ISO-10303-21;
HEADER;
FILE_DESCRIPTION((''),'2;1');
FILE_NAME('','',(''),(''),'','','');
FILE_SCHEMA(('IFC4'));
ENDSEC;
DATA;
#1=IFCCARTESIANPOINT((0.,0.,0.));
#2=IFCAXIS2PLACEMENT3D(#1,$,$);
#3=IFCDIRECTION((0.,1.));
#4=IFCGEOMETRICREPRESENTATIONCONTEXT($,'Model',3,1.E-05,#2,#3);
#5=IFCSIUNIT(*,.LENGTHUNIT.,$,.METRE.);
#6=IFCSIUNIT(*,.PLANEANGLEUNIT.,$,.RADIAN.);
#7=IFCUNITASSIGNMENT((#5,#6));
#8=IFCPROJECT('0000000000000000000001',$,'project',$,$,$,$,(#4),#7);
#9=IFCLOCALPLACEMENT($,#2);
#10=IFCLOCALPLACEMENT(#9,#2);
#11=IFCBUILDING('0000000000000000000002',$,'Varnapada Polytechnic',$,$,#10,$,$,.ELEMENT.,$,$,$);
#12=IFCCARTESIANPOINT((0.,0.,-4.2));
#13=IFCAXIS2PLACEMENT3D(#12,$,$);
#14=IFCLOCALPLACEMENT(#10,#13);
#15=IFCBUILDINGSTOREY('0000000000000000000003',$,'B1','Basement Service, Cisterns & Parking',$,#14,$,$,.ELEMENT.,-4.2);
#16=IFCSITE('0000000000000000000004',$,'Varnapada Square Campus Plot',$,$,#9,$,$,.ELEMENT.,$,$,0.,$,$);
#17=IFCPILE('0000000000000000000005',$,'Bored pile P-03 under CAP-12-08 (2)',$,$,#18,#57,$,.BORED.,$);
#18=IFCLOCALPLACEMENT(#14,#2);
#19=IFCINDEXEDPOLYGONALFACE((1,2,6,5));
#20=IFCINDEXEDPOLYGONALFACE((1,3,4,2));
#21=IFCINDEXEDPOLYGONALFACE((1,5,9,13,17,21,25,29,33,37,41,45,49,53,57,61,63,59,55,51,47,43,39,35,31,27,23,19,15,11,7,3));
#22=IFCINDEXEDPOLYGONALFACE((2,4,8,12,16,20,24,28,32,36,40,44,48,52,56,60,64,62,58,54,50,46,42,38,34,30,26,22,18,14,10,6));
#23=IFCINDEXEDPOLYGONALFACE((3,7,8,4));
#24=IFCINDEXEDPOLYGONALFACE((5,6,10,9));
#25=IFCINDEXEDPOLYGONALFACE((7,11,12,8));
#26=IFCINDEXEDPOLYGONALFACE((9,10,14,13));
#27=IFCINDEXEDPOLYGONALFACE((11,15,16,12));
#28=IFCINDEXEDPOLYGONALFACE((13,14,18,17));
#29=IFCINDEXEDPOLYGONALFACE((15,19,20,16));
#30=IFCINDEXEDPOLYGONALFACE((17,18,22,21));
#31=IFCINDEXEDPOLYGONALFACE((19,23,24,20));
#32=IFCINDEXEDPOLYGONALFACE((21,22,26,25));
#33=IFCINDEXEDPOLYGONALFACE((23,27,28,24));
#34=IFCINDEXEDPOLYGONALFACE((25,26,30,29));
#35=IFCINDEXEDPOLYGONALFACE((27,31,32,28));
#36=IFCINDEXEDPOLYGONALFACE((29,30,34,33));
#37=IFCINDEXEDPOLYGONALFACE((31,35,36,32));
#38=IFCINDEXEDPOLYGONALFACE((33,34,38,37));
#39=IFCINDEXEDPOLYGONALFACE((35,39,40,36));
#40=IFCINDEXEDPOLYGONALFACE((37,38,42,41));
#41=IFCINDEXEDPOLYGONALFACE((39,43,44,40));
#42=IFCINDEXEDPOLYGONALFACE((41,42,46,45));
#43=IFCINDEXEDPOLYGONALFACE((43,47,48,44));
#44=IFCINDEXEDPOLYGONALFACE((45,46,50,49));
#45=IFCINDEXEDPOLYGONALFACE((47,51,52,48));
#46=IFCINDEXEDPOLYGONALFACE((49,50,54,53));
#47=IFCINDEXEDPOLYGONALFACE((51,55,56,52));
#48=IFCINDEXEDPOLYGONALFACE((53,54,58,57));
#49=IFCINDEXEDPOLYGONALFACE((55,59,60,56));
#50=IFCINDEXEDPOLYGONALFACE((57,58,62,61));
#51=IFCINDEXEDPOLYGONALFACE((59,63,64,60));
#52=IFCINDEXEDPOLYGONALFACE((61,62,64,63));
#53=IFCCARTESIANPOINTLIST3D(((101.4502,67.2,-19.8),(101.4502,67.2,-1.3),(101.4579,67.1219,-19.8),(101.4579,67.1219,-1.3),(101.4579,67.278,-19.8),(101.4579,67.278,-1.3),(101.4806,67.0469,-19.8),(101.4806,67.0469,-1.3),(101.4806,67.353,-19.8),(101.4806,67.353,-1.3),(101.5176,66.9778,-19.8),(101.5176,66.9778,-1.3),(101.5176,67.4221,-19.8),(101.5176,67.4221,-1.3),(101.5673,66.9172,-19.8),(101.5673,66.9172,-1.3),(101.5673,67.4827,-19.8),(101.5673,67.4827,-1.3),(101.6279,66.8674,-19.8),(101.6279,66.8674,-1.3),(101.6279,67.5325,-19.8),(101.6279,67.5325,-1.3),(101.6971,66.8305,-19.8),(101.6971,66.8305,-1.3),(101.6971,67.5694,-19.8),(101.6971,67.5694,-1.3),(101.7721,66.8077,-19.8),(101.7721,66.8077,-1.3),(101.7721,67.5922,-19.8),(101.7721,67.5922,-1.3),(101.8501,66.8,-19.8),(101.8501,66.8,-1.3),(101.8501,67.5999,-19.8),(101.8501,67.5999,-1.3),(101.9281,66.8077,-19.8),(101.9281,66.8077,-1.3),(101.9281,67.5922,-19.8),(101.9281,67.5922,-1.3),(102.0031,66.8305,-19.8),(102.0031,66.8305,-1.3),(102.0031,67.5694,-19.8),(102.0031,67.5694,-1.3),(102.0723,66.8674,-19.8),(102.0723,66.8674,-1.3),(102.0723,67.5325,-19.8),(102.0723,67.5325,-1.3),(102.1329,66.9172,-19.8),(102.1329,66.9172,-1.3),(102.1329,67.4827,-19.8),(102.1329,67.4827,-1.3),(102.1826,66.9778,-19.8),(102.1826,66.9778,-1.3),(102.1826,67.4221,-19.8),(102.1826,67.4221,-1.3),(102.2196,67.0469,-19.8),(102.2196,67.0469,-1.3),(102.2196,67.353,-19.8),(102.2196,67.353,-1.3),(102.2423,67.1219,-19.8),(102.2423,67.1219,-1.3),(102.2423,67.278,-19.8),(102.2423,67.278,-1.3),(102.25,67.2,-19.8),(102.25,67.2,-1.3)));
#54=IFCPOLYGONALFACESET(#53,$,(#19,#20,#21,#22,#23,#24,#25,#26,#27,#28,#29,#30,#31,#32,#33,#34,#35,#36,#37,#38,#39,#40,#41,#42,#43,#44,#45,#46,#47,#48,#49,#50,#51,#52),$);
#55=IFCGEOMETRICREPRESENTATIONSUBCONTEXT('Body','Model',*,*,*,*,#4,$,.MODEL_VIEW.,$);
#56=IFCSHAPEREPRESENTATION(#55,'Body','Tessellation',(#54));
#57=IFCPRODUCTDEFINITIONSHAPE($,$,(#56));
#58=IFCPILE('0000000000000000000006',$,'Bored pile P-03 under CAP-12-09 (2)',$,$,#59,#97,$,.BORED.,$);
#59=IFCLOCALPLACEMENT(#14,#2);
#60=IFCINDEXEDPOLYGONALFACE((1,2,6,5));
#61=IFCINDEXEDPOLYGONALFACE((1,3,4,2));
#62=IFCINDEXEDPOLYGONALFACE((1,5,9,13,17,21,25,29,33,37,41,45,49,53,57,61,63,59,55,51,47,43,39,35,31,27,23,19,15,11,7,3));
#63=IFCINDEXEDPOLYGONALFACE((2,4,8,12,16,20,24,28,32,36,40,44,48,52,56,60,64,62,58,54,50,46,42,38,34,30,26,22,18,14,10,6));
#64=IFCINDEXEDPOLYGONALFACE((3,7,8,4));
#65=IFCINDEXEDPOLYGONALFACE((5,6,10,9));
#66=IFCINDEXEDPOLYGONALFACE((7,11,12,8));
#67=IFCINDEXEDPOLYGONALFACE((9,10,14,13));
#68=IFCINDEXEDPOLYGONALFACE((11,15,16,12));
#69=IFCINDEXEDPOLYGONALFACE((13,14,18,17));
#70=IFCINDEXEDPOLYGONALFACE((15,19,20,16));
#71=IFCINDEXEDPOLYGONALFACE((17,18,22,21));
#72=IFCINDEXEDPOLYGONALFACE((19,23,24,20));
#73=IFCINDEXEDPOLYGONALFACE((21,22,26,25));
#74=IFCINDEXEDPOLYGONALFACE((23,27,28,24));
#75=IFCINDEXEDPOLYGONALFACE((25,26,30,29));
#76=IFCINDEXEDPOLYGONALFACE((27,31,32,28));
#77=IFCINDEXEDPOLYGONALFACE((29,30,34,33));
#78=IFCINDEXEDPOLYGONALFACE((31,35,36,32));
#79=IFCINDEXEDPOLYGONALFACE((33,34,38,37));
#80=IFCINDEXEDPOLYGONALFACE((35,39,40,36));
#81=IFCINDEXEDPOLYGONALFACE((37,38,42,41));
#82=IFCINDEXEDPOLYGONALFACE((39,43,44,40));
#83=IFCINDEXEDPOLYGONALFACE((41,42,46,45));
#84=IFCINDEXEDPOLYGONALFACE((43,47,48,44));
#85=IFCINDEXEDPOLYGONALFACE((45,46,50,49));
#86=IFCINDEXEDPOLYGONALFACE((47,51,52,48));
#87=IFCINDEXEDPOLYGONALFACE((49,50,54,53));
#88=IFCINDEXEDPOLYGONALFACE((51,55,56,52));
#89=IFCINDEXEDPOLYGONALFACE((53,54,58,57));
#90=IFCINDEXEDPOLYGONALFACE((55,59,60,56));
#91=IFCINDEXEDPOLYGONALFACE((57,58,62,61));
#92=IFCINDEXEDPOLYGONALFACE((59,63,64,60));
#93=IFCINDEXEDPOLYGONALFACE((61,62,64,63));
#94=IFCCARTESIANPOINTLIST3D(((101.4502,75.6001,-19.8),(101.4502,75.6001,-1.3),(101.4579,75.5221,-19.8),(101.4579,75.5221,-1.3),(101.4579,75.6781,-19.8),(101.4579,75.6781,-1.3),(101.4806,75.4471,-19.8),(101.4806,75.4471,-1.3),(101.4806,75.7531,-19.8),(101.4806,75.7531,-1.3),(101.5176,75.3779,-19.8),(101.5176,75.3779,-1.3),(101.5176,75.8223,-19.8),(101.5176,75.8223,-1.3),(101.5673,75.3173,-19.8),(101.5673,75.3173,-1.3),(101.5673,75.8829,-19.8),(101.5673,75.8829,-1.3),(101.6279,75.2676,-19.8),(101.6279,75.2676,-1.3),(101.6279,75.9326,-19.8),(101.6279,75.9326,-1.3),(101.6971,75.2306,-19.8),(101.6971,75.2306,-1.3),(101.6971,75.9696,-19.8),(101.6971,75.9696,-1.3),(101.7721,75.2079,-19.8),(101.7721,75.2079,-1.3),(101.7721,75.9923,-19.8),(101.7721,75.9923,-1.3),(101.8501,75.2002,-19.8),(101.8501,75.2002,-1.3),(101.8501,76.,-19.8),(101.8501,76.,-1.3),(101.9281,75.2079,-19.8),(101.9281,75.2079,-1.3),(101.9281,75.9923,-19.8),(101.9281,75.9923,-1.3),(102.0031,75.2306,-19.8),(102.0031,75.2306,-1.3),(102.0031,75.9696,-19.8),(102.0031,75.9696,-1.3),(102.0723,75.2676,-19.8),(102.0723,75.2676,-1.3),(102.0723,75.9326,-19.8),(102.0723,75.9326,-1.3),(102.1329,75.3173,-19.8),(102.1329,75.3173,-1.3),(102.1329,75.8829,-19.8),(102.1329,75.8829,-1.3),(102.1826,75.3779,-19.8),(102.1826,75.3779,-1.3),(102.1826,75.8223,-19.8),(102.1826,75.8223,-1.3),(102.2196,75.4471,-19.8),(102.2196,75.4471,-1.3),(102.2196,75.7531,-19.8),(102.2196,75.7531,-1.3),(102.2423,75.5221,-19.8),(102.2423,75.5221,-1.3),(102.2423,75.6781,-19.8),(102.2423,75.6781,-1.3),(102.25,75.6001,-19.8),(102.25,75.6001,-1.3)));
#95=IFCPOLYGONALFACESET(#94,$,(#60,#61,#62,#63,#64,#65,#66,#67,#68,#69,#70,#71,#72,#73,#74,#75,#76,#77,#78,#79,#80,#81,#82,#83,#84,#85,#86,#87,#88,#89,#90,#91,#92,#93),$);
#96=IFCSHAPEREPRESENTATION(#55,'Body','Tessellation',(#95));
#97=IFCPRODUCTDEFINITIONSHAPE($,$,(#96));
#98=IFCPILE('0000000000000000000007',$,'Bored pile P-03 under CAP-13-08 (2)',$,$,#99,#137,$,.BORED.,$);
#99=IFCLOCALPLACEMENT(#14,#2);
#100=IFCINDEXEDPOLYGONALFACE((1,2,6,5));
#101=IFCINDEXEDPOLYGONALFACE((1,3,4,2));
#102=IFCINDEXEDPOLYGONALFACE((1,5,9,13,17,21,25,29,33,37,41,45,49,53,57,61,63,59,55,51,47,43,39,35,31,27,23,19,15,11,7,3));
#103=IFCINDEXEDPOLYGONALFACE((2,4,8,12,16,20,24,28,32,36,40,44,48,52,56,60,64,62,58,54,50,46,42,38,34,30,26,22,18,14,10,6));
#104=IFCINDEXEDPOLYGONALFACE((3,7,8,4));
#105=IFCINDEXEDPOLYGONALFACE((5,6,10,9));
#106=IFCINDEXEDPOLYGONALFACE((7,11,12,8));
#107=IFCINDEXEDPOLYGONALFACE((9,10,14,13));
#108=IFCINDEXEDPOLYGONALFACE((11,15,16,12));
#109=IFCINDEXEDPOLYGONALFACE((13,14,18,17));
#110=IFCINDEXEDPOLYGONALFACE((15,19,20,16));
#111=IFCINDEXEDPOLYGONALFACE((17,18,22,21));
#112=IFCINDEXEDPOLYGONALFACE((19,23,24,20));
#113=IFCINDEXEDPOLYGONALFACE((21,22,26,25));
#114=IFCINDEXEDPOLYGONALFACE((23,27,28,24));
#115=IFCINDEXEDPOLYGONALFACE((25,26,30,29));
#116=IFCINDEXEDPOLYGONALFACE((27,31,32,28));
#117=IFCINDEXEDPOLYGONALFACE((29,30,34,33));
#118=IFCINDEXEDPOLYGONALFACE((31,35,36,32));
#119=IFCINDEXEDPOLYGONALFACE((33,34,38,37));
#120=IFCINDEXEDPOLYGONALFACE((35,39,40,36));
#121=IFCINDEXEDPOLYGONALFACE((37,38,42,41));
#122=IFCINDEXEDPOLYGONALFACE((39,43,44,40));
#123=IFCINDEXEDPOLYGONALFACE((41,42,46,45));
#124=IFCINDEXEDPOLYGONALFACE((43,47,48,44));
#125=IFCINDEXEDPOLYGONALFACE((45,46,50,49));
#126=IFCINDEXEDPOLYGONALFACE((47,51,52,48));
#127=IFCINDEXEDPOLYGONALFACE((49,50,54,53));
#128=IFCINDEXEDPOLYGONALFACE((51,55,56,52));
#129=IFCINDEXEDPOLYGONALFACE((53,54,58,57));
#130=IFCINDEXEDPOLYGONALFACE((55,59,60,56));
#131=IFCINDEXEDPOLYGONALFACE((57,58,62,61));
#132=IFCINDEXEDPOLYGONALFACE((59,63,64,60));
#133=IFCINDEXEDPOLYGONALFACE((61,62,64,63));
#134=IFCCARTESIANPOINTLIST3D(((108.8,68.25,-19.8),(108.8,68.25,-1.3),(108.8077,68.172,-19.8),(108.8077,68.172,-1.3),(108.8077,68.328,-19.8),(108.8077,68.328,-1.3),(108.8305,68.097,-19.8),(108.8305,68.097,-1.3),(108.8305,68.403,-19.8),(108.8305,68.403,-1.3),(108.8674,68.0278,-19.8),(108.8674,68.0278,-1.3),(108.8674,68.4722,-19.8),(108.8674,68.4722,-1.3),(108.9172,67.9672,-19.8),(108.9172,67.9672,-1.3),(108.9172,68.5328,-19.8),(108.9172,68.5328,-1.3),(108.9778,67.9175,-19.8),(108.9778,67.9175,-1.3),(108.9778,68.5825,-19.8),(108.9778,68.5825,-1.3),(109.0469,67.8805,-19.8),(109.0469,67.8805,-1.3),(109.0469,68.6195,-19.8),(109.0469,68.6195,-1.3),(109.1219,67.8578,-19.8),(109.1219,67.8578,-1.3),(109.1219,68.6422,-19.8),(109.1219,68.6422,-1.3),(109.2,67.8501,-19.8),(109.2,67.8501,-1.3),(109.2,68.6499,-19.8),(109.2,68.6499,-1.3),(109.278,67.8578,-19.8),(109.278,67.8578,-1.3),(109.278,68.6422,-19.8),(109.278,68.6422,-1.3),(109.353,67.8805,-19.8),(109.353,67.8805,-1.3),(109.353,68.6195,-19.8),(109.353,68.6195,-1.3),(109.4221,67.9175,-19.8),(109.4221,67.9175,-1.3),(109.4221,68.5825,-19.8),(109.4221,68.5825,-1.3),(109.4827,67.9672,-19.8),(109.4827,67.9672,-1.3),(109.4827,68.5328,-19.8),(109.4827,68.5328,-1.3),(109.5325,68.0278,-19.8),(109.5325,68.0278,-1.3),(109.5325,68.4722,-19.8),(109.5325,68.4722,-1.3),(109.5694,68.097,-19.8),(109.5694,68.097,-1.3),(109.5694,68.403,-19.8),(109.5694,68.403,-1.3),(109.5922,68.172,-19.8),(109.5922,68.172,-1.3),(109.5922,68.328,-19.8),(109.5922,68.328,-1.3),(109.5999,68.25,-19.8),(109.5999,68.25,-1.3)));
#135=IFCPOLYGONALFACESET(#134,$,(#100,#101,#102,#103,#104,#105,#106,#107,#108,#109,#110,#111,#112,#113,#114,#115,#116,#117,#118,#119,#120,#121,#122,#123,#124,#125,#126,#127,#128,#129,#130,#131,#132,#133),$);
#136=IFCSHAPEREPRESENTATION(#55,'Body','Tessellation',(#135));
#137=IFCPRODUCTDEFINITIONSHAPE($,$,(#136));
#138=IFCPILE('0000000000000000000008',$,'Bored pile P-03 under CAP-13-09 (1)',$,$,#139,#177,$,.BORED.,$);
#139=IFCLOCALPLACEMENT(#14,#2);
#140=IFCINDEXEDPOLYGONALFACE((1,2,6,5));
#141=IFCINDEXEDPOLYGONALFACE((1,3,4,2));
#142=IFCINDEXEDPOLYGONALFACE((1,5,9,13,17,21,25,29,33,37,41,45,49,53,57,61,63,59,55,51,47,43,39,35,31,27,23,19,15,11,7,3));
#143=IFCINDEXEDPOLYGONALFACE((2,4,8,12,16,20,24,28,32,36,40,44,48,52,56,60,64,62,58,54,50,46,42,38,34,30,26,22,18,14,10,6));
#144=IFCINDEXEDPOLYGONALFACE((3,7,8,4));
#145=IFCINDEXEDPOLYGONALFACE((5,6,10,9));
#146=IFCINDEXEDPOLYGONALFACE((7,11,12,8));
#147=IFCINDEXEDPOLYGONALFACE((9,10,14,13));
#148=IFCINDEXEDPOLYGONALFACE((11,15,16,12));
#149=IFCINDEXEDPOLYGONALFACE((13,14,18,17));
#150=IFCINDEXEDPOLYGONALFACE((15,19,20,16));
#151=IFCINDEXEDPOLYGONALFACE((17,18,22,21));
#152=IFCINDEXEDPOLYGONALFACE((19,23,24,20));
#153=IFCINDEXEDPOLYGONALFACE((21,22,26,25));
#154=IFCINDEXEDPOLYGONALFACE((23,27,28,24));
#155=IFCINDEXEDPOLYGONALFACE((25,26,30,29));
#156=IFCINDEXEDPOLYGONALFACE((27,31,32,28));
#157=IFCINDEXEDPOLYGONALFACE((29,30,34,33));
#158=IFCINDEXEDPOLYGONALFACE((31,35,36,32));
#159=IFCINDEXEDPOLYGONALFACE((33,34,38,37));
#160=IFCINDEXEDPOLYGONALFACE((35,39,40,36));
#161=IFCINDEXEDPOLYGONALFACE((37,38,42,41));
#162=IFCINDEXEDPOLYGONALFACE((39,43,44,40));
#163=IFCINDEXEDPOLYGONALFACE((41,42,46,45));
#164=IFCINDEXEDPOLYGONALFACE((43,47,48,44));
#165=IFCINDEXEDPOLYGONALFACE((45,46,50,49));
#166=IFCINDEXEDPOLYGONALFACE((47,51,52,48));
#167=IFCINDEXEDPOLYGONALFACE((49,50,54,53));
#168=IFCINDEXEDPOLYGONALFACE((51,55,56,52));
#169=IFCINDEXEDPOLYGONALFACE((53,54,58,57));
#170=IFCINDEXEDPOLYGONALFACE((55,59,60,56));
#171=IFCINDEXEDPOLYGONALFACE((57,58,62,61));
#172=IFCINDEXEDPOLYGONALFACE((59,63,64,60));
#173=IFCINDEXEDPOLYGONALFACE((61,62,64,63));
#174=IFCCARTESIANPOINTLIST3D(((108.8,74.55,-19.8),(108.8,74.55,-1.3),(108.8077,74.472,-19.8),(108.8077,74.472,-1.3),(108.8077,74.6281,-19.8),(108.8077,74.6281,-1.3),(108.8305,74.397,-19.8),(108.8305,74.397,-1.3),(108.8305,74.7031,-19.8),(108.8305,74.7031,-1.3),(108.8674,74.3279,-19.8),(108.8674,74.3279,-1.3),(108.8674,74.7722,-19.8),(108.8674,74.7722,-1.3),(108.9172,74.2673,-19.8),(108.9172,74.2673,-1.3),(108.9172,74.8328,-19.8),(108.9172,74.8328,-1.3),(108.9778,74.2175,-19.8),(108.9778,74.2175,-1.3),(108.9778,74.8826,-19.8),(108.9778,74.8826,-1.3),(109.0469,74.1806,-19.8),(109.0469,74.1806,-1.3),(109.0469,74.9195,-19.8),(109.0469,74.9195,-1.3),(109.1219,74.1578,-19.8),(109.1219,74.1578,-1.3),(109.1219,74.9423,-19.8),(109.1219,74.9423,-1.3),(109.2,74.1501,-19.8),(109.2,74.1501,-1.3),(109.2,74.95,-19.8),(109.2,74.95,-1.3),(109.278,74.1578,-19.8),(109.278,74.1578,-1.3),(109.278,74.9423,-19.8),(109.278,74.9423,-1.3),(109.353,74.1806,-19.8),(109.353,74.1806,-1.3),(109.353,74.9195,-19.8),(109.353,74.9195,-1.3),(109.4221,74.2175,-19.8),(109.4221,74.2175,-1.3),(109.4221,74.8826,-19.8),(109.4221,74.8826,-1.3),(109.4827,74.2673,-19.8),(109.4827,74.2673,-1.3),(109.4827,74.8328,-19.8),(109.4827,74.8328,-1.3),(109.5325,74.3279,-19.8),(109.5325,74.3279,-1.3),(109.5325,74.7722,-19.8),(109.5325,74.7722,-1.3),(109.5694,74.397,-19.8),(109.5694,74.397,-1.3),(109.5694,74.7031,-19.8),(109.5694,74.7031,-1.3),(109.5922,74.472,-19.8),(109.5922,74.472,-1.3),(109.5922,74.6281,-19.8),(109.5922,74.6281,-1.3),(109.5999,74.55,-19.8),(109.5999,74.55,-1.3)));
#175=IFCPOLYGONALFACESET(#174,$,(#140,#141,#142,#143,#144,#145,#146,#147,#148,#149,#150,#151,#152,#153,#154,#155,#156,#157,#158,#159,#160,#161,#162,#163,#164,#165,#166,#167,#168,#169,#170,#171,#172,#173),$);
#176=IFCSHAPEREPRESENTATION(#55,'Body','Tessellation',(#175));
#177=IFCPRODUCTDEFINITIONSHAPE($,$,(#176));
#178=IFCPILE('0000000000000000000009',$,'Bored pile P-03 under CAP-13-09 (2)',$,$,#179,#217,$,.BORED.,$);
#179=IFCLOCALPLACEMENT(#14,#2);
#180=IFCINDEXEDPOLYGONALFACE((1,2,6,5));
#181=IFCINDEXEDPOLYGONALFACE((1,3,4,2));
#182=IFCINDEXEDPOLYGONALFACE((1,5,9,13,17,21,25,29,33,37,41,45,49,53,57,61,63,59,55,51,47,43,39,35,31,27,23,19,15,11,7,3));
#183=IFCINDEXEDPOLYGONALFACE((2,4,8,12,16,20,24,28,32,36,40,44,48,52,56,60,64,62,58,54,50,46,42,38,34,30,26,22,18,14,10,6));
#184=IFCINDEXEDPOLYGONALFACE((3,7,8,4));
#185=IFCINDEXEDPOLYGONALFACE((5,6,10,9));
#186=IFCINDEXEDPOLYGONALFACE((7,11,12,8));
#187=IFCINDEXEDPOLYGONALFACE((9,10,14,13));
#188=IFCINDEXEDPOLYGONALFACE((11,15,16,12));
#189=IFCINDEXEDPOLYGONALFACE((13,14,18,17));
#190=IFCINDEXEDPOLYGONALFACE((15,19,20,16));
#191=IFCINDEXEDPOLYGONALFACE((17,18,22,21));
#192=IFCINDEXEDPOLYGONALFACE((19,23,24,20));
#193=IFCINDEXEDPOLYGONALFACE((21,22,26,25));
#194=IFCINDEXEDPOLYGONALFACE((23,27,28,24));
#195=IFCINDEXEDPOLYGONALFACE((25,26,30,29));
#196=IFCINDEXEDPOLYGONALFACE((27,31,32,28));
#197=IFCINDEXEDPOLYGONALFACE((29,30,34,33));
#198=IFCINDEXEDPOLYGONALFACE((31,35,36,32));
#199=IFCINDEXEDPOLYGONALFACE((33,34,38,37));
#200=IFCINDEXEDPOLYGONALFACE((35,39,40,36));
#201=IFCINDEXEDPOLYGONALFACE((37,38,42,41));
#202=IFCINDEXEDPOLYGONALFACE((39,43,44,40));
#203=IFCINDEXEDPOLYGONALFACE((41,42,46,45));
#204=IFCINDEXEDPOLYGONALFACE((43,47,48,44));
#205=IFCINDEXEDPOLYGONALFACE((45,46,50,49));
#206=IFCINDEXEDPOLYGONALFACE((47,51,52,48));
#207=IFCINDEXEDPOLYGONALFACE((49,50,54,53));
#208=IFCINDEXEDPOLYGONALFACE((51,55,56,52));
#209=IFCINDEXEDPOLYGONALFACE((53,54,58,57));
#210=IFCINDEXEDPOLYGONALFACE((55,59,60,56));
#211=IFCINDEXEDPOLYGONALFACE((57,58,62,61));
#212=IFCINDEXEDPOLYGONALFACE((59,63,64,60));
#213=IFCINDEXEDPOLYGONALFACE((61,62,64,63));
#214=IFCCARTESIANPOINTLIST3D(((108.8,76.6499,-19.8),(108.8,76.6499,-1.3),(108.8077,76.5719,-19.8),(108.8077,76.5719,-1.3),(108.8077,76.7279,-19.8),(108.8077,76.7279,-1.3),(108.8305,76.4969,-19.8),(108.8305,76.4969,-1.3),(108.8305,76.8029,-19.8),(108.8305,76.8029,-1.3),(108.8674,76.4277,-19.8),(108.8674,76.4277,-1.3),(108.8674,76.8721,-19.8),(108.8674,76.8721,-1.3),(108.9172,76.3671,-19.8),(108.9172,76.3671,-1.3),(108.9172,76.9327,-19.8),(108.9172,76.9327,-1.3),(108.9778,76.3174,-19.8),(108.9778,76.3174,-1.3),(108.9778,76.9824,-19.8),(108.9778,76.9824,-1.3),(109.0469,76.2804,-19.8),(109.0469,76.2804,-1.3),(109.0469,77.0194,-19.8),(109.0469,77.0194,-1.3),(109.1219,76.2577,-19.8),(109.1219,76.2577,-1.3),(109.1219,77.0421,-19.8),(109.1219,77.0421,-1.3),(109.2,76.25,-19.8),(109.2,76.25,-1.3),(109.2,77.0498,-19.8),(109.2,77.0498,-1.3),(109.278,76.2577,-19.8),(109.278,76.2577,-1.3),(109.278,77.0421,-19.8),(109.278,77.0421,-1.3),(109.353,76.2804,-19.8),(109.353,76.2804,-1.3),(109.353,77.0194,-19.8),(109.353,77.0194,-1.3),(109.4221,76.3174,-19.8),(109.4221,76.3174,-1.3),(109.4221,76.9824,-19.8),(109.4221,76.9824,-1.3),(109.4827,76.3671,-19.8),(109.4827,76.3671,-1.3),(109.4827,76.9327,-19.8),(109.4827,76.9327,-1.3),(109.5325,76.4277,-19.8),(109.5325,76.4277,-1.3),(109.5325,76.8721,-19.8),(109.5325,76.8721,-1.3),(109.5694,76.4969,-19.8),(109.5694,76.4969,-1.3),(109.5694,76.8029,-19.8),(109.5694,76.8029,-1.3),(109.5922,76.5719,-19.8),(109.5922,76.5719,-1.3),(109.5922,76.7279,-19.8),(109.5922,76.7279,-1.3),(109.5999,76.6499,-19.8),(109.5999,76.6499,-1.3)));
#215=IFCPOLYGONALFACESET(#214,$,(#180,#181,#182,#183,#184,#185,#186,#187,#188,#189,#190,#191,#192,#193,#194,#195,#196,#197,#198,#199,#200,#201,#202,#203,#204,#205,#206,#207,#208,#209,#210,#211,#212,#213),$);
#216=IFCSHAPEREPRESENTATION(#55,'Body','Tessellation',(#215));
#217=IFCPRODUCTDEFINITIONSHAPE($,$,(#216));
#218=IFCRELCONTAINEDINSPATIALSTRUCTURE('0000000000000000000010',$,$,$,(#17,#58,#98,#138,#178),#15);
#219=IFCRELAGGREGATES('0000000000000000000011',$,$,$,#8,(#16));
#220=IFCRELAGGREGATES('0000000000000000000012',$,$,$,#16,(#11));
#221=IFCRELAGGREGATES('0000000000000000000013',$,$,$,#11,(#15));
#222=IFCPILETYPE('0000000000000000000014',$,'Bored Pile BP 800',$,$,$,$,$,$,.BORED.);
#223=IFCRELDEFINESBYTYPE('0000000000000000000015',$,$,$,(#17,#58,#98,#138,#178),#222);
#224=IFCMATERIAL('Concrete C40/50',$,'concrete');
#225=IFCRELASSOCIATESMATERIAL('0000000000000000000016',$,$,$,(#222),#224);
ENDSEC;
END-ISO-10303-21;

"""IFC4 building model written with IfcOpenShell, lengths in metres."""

from ifc_helpers import new_model, si_unit, direction, frame, origin, origin_2d, place, context, subcontext, project, spatial, circle, extrude, material, material_profile, profile_set, type_object, element, save


model = new_model("IFC4")

# Units and contexts
model_context = context("Model", 3, precision=1e-05, world=origin(), true_north=direction((0.0, 1.0)))
body_context = subcontext(model_context, "Body", "Model", "MODEL_VIEW")
ifc_project = project(units=[si_unit("LENGTHUNIT", "METRE"), si_unit("PLANEANGLEUNIT", "RADIAN")], contexts=[model_context])

# Site, building, storey
site_placement = place(None, origin())
site = spatial("IfcSite", under=ifc_project, at=site_placement, Name="Varnapada Square Campus Plot", CompositionType="ELEMENT", RefElevation=0.0)
building_placement = place(site_placement, origin())
building = spatial("IfcBuilding", under=site, at=building_placement, Name="Varnapada Polytechnic", CompositionType="ELEMENT")
storey_placement = place(building_placement, frame((0.0, 0.0, -4.2)))
storey = spatial("IfcBuildingStorey", under=building, at=storey_placement, Name="B1", Description="Basement Service, Cisterns & Parking", CompositionType="ELEMENT", Elevation=-4.2)

# Piles
ifc_material = material(Name="Concrete C40/50", Category="concrete")
ifc_material_profile_1 = material_profile(ifc_material, circle(Radius=0.3999, at=origin_2d()), Name="BP 800")
ifc_profile_set_1 = profile_set([ifc_material_profile_1], Name="Concrete C40/50")
pile_type_1 = type_object("IfcPileType", Name="Bored Pile BP 800", PredefinedType="BORED", material=ifc_profile_set_1)
for number, where, z_axis, x_axis, name in (
    (1, (101.8501, 67.2, -1.3), (0.0, 0.0, -1.0), (1.0, 0.0, 0.0), "Bored pile P-03 under CAP-12-08 (2)"),
    (2, (101.8501, 75.6001, -1.3), (0.0, 0.0, -1.0), (1.0, 0.0, 0.0), "Bored pile P-03 under CAP-12-09 (2)"),
    (3, (109.2, 68.25, -1.3), (0.0, 0.0, -1.0), (1.0, 0.0, 0.0), "Bored pile P-03 under CAP-13-08 (2)"),
    (4, (109.2, 74.55, -1.3), (0.0, 0.0, -1.0), (1.0, 0.0, 0.0), "Bored pile P-03 under CAP-13-09 (1)"),
    (5, (109.2, 76.6499, -1.3), (0.0, 0.0, -1.0), (1.0, 0.0, 0.0), "Bored pile P-03 under CAP-13-09 (2)"),
):
    element("IfcPile", number, at=place(storey_placement, frame(where, z_axis=z_axis, x_axis=x_axis)), inside=storey, type_object=pile_type_1, Name=name, PredefinedType="BORED", context=body_context, shape_type="SweptSolid", body=[
        extrude(circle(Radius=0.3999, at=origin_2d()), origin(), (0.0, 0.0, 1.0), 18.5),
    ])

save(model, "model.ifc")
